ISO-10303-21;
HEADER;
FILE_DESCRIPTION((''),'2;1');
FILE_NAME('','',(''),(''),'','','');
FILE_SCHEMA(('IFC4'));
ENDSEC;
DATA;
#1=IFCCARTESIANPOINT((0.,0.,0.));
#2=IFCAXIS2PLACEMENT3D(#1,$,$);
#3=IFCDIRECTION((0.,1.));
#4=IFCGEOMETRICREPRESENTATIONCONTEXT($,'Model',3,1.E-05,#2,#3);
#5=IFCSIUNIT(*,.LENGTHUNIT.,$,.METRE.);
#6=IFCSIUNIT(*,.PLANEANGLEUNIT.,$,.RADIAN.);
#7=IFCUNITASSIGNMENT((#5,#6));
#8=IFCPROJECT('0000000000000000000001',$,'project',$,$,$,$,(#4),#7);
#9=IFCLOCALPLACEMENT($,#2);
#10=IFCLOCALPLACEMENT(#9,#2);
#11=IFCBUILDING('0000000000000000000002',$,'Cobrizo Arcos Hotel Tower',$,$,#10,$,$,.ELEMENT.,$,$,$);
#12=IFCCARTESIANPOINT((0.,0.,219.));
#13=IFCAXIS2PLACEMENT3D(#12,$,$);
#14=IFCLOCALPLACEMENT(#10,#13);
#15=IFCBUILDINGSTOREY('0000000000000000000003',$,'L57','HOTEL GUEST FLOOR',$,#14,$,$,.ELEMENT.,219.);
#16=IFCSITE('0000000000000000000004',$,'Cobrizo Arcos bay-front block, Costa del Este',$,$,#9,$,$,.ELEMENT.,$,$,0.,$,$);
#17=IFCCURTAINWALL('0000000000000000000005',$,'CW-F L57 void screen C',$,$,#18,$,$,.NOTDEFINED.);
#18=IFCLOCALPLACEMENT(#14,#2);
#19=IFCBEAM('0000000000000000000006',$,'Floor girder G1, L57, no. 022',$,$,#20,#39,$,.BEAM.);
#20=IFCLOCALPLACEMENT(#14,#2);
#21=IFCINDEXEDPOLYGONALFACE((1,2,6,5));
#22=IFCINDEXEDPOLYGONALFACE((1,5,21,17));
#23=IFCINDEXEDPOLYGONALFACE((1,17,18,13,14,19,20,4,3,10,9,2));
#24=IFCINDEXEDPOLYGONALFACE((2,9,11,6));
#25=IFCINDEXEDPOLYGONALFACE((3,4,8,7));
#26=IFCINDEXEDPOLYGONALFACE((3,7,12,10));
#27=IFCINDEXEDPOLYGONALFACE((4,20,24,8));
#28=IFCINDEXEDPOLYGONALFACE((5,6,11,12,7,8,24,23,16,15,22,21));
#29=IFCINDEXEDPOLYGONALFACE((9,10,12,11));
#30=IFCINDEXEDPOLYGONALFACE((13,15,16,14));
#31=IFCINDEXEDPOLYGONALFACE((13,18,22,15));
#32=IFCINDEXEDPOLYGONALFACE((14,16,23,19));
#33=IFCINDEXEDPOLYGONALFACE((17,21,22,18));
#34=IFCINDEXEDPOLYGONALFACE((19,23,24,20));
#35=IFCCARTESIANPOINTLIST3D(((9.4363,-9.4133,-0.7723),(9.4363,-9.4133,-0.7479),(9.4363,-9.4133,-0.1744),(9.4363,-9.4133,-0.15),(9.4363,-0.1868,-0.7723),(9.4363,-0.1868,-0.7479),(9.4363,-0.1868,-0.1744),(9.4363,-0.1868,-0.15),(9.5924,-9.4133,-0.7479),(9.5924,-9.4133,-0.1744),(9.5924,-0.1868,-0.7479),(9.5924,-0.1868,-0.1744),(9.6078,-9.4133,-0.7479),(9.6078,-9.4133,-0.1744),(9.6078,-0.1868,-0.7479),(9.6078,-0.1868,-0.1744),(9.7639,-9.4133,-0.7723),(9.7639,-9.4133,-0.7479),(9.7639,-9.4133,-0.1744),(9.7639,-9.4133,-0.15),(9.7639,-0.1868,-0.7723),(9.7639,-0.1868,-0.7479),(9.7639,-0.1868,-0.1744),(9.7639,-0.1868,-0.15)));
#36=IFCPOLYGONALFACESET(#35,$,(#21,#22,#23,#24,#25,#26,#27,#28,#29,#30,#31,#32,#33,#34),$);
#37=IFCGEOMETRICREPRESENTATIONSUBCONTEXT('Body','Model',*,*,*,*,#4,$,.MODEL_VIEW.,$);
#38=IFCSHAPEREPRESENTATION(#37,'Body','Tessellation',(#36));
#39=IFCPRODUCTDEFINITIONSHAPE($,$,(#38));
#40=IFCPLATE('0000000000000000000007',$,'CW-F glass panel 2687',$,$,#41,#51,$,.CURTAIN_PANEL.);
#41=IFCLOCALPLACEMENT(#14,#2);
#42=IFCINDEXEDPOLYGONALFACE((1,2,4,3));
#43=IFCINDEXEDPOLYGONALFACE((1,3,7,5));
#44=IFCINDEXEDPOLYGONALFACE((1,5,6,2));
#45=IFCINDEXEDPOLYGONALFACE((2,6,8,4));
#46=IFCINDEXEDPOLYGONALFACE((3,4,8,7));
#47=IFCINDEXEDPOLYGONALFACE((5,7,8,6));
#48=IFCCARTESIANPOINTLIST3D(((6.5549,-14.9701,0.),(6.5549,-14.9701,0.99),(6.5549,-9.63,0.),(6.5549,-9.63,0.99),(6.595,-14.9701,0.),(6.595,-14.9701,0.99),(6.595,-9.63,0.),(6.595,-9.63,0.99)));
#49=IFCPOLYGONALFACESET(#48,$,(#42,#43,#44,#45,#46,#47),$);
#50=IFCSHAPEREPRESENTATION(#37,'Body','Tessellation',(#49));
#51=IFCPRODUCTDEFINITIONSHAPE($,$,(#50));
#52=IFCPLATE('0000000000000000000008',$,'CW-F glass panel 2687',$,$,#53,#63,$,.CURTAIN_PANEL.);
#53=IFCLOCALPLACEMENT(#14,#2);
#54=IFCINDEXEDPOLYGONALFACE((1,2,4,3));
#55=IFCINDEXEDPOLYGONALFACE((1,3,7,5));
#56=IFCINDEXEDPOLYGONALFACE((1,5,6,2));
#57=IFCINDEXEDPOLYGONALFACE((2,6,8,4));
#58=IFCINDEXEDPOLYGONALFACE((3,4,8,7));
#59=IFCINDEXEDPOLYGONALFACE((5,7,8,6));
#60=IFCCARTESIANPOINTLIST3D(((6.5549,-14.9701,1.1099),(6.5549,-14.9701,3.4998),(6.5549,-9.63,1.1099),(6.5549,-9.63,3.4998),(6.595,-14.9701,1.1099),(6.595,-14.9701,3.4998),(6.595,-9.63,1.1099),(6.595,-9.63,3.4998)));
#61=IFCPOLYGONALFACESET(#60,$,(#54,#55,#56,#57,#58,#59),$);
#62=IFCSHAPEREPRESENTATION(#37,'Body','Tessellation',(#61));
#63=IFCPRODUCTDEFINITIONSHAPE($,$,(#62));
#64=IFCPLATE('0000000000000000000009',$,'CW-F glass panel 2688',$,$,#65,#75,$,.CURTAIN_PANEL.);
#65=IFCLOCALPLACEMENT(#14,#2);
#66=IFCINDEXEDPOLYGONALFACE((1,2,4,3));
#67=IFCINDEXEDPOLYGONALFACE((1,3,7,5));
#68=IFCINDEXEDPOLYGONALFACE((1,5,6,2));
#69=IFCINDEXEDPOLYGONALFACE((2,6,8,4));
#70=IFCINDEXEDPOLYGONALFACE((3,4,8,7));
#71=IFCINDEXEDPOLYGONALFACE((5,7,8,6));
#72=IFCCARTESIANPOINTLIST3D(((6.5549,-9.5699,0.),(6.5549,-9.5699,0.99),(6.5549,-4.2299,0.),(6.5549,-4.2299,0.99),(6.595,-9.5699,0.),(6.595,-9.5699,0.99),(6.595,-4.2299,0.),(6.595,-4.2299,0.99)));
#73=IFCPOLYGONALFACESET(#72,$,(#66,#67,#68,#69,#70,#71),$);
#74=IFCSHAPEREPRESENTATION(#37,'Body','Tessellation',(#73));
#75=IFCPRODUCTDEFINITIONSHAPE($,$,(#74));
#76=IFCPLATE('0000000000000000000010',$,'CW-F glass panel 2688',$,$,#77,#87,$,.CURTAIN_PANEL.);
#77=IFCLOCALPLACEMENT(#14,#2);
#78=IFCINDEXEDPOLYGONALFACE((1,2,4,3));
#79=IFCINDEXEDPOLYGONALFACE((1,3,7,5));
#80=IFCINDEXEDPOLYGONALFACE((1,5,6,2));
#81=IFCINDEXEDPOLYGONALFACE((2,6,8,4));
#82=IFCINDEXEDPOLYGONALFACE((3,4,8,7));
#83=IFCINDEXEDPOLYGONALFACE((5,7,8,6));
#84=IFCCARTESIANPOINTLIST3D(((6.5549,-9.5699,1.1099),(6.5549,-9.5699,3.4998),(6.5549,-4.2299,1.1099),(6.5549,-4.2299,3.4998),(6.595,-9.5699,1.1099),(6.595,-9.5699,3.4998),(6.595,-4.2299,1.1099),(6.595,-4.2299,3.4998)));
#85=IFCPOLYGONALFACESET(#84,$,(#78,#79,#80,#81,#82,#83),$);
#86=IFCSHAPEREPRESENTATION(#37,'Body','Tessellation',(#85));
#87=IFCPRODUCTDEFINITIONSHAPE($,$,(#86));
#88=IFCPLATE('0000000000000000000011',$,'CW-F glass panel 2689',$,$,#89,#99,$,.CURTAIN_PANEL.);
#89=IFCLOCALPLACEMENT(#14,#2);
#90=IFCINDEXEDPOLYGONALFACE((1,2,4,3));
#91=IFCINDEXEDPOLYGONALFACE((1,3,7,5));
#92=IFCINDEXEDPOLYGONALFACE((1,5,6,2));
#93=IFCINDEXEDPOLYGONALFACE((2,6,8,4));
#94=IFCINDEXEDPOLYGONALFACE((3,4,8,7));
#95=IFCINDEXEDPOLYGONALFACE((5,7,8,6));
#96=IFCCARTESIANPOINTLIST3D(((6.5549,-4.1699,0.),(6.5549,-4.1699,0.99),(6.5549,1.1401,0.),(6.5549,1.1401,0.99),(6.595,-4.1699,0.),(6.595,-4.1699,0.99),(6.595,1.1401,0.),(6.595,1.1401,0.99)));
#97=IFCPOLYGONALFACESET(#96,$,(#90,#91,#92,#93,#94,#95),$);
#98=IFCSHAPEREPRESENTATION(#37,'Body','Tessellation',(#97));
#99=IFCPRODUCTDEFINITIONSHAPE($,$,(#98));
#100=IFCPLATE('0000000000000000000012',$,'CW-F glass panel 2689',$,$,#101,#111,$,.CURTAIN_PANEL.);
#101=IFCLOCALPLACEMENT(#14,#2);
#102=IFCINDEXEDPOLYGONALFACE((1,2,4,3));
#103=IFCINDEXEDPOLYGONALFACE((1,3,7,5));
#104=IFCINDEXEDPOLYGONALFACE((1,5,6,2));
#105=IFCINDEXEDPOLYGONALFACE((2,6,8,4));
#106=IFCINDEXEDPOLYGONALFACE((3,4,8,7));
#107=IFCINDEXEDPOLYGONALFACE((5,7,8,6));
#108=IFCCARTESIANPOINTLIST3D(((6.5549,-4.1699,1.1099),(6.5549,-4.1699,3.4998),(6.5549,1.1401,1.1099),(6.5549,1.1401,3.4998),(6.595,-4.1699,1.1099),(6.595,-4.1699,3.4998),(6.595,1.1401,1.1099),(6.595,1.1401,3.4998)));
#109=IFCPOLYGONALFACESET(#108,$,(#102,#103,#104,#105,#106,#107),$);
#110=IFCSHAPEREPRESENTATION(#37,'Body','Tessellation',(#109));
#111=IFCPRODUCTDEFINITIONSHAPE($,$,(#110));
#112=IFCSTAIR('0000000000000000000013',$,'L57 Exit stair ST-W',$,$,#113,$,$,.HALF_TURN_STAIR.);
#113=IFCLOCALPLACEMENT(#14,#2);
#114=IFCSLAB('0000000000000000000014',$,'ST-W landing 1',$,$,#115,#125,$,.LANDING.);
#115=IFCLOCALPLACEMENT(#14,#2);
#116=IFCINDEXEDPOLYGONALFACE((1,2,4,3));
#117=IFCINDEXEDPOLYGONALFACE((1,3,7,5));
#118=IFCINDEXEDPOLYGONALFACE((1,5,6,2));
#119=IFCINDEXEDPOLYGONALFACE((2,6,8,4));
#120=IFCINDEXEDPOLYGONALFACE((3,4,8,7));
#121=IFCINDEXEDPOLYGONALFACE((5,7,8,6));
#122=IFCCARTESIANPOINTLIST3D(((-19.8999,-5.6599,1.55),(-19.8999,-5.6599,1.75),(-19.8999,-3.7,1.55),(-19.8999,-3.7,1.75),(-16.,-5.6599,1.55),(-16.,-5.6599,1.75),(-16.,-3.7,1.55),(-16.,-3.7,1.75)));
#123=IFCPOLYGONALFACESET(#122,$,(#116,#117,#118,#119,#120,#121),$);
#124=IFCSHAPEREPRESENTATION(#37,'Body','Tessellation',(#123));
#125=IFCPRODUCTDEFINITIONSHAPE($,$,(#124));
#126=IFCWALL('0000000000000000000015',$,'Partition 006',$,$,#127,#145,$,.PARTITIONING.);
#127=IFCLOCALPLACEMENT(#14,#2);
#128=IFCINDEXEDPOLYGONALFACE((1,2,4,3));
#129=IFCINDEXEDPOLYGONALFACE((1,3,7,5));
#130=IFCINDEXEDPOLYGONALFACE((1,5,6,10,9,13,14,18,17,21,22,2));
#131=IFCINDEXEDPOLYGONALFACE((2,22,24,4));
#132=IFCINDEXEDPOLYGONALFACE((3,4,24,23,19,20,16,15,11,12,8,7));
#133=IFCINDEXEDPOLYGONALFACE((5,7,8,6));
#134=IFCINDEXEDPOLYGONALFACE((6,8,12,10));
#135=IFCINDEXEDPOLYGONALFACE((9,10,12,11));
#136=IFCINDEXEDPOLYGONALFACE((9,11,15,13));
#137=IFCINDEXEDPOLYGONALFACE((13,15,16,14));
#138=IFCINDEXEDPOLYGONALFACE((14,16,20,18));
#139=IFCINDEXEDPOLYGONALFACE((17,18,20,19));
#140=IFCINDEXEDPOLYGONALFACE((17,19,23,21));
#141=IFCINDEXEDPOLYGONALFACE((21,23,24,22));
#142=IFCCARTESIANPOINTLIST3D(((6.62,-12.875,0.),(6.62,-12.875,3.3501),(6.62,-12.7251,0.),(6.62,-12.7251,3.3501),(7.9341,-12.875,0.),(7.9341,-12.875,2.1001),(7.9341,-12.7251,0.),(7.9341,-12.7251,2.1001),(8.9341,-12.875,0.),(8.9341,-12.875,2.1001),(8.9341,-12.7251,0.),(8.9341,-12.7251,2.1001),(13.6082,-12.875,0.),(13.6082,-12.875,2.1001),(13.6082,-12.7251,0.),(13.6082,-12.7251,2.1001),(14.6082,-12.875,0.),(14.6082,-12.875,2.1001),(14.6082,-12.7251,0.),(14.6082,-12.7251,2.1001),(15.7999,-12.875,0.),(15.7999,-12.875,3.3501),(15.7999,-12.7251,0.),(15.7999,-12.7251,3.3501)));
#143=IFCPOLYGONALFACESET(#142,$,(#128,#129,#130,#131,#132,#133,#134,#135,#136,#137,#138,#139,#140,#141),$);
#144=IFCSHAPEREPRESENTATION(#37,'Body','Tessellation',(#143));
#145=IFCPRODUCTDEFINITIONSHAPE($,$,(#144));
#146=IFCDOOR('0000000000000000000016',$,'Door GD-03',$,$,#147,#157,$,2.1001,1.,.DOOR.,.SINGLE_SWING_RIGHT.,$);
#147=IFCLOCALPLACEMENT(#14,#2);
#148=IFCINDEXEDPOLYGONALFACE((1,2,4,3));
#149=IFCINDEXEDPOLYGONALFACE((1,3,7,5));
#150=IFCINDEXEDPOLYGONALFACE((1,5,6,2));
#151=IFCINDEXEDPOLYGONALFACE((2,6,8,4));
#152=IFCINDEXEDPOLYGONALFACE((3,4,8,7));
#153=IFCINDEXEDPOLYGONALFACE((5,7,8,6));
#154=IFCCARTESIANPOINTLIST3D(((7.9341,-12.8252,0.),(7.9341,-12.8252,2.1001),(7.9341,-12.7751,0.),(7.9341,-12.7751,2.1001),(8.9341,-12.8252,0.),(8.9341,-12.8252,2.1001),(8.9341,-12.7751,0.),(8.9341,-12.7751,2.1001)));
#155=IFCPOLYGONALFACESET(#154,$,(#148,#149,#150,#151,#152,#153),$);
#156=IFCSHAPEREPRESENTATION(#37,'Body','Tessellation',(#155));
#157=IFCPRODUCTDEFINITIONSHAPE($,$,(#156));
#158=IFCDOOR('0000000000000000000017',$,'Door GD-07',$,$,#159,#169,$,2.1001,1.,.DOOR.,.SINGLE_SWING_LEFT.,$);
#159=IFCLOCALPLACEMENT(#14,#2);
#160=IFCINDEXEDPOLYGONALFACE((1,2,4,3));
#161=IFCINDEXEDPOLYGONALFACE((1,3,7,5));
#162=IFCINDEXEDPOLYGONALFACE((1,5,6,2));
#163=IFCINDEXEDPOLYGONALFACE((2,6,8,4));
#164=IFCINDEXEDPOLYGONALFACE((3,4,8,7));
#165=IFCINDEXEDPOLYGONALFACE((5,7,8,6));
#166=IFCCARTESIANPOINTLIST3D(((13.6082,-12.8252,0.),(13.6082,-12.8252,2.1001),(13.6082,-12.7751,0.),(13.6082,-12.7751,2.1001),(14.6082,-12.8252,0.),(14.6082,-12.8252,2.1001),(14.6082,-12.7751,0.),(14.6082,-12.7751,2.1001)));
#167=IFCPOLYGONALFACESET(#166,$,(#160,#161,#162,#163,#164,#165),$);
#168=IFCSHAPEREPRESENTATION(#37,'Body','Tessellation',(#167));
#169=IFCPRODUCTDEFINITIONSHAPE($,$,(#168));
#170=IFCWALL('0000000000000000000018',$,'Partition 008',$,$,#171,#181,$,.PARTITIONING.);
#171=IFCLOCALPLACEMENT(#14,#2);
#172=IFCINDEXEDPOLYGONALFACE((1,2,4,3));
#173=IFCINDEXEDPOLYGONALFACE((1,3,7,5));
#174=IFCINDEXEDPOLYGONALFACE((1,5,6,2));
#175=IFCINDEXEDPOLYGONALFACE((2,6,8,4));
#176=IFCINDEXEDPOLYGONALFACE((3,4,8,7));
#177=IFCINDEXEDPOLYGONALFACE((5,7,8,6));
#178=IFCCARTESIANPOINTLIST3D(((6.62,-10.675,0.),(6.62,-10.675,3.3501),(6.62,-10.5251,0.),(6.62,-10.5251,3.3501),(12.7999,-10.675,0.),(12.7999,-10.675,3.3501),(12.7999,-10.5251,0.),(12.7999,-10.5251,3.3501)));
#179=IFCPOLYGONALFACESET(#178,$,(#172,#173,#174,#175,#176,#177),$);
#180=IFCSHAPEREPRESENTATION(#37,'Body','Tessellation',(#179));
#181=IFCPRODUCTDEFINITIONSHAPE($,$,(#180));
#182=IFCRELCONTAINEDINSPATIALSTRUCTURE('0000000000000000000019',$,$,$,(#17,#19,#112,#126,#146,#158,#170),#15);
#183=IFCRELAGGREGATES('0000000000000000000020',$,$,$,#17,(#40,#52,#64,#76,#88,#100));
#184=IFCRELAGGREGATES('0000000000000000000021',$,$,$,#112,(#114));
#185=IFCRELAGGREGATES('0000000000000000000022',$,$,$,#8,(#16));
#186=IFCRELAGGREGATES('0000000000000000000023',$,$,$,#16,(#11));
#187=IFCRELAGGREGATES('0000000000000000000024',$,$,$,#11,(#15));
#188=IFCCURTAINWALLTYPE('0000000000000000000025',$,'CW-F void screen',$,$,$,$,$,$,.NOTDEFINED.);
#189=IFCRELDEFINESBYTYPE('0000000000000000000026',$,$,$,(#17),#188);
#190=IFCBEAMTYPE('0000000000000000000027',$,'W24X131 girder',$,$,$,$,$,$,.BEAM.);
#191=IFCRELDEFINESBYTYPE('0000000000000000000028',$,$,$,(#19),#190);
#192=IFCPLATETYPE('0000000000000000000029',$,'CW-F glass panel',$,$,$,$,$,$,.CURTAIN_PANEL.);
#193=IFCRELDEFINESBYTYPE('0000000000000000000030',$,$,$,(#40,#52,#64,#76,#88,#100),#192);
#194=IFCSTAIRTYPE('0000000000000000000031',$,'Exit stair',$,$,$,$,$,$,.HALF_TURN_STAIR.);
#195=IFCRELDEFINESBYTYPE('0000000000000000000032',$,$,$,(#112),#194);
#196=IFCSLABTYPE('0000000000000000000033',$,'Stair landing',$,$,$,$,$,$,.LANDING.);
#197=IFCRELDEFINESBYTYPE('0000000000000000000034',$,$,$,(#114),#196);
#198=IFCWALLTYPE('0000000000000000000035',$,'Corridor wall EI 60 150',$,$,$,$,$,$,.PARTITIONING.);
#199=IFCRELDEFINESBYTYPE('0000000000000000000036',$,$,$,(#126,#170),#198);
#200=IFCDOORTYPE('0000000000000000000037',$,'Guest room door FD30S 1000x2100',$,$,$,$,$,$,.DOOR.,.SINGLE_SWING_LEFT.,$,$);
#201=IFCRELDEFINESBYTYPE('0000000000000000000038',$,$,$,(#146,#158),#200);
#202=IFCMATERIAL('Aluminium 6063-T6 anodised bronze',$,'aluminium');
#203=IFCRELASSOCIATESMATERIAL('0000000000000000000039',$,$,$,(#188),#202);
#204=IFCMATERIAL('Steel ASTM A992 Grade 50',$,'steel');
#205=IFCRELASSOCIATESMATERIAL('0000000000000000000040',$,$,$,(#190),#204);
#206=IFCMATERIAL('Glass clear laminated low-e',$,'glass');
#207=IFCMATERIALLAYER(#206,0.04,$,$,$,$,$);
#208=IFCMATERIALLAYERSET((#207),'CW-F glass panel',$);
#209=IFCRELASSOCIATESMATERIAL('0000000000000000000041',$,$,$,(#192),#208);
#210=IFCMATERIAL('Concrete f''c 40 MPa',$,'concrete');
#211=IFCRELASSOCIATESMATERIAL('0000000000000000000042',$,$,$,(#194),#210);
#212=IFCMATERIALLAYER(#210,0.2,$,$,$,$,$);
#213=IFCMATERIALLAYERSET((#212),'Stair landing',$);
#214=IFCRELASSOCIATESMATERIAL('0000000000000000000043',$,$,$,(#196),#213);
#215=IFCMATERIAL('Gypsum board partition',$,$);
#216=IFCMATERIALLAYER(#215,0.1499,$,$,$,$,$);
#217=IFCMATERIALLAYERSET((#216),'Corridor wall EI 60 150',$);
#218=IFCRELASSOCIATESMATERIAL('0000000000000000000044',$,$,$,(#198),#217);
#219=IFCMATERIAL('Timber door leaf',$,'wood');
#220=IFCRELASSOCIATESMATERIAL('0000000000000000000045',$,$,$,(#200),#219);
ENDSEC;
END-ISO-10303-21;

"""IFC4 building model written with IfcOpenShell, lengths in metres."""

from ifc_helpers import new_model, si_unit, direction, frame, frame_2d, origin, origin_2d, place, context, subcontext, project, spatial, polyline, rectangle, i_section, outline, extrude, material, layer, layer_set, material_profile, profile_set, type_object, element, fill, aggregate, save


model = new_model("IFC4")

# Units and contexts
model_context = context("Model", 3, precision=1e-05, world=origin(), true_north=direction((0.0, 1.0)))
body_context = subcontext(model_context, "Body", "Model", "MODEL_VIEW")
ifc_project = project(units=[si_unit("LENGTHUNIT", "METRE"), si_unit("PLANEANGLEUNIT", "RADIAN")], contexts=[model_context])

# Site, building, storey
site_placement = place(None, origin())
site = spatial("IfcSite", under=ifc_project, at=site_placement, Name="Cobrizo Arcos bay-front block, Costa del Este", CompositionType="ELEMENT", RefElevation=0.0)
building_placement = place(site_placement, origin())
building = spatial("IfcBuilding", under=site, at=building_placement, Name="Cobrizo Arcos Hotel Tower", CompositionType="ELEMENT")
storey_placement = place(building_placement, frame((0.0, 0.0, 219.0)))
storey = spatial("IfcBuildingStorey", under=building, at=storey_placement, Name="L57", Description="HOTEL GUEST FLOOR", CompositionType="ELEMENT", Elevation=219.0)

# Shared definitions
ifc_material_1 = material(Name="Steel ASTM A992 Grade 50", Category="steel")

# Curtain wall
ifc_material_2 = material(Name="Aluminium 6063-T6 anodised bronze", Category="aluminium")
curtain_wall_type = type_object("IfcCurtainWallType", Name="CW-F void screen", PredefinedType="NOTDEFINED", material=ifc_material_2)
curtain_wall_placement = place(storey_placement, origin())
curtain_wall = element("IfcCurtainWall", 1, at=curtain_wall_placement, inside=storey, type_object=curtain_wall_type, Name="CW-F L57 void screen C", PredefinedType="NOTDEFINED")

# Beam
ifc_material_profile_1 = material_profile(ifc_material_1, i_section(OverallWidth=0.3276, OverallDepth=0.6223, WebThickness=0.0154, FlangeThickness=0.0244, at=origin_2d()), Name="W24X131")
ifc_profile_set_1 = profile_set([ifc_material_profile_1], Name="Steel ASTM A992 Grade 50")
beam_type_1 = type_object("IfcBeamType", Name="W24X131 girder", PredefinedType="BEAM", material=ifc_profile_set_1)
for number, where, z_axis, x_axis, name in (
    (2, (9.6001, -9.4133, -0.4612), (0.0, 1.0, 0.0), (-1.0, 0.0, 0.0), "Floor girder G1, L57, no. 022"),
):
    element("IfcBeam", number, at=place(storey_placement, frame(where, z_axis=z_axis, x_axis=x_axis)), inside=storey, type_object=beam_type_1, Name=name, PredefinedType="BEAM", context=body_context, shape_type="SweptSolid", body=[
        extrude(i_section(OverallWidth=0.3276, OverallDepth=0.6223, WebThickness=0.0154, FlangeThickness=0.0244, at=origin_2d()), origin(), (0.0, 0.0, 1.0), 9.2266),
    ])

# Plates
ifc_material_3 = material(Name="Glass clear laminated low-e", Category="glass")
ifc_layer_1 = layer(ifc_material_3, 0.04)
ifc_layer_set_1 = layer_set([ifc_layer_1], Name="CW-F glass panel")
plate_type = type_object("IfcPlateType", Name="CW-F glass panel", PredefinedType="CURTAIN_PANEL", material=ifc_layer_set_1)
plate_1_placement = place(storey_placement, frame((6.575, -12.3, 0.0), z_axis=(0.0, 0.0, 1.0), x_axis=(0.0, 1.0, 0.0)))
plate_1 = element("IfcPlate", 3, at=plate_1_placement, type_object=plate_type, Name="CW-F glass panel 2687", PredefinedType="CURTAIN_PANEL", context=body_context, shape_type="SweptSolid", body=[
    extrude(rectangle(XDim=5.3401, YDim=0.04, at=origin_2d()), origin(), (0.0, 0.0, 1.0), 0.99),
])
plate_2_placement = place(storey_placement, frame((6.575, -12.3, 1.1099), z_axis=(0.0, 0.0, 1.0), x_axis=(0.0, 1.0, 0.0)))
plate_2 = element("IfcPlate", 4, at=plate_2_placement, type_object=plate_type, Name="CW-F glass panel 2687", PredefinedType="CURTAIN_PANEL", context=body_context, shape_type="SweptSolid", body=[
    extrude(rectangle(XDim=5.3401, YDim=0.04, at=origin_2d()), origin(), (0.0, 0.0, 1.0), 2.3899),
])
plate_3_placement = place(storey_placement, frame((6.575, -6.8999, 0.0), z_axis=(0.0, 0.0, 1.0), x_axis=(0.0, 1.0, 0.0)))
plate_3 = element("IfcPlate", 5, at=plate_3_placement, type_object=plate_type, Name="CW-F glass panel 2688", PredefinedType="CURTAIN_PANEL", context=body_context, shape_type="SweptSolid", body=[
    extrude(rectangle(XDim=5.3401, YDim=0.04, at=origin_2d()), origin(), (0.0, 0.0, 1.0), 0.99),
])
plate_4_placement = place(storey_placement, frame((6.575, -6.8999, 1.1099), z_axis=(0.0, 0.0, 1.0), x_axis=(0.0, 1.0, 0.0)))
plate_4 = element("IfcPlate", 6, at=plate_4_placement, type_object=plate_type, Name="CW-F glass panel 2688", PredefinedType="CURTAIN_PANEL", context=body_context, shape_type="SweptSolid", body=[
    extrude(rectangle(XDim=5.3401, YDim=0.04, at=origin_2d()), origin(), (0.0, 0.0, 1.0), 2.3899),
])
plate_5_placement = place(storey_placement, frame((6.575, -1.5149, 0.0), z_axis=(0.0, 0.0, 1.0), x_axis=(0.0, 1.0, 0.0)))
plate_5 = element("IfcPlate", 7, at=plate_5_placement, type_object=plate_type, Name="CW-F glass panel 2689", PredefinedType="CURTAIN_PANEL", context=body_context, shape_type="SweptSolid", body=[
    extrude(rectangle(XDim=5.3101, YDim=0.04, at=origin_2d()), origin(), (0.0, 0.0, 1.0), 0.99),
])
plate_6_placement = place(storey_placement, frame((6.575, -1.5149, 1.1099), z_axis=(0.0, 0.0, 1.0), x_axis=(0.0, 1.0, 0.0)))
plate_6 = element("IfcPlate", 8, at=plate_6_placement, type_object=plate_type, Name="CW-F glass panel 2689", PredefinedType="CURTAIN_PANEL", context=body_context, shape_type="SweptSolid", body=[
    extrude(rectangle(XDim=5.3101, YDim=0.04, at=origin_2d()), origin(), (0.0, 0.0, 1.0), 2.3899),
])
aggregate(curtain_wall, [plate_1, plate_2, plate_3, plate_4, plate_5, plate_6])

# Stair, slab
ifc_material_4 = material(Name="Concrete f'c 40 MPa", Category="concrete")
stair_type = type_object("IfcStairType", Name="Exit stair", PredefinedType="HALF_TURN_STAIR", material=ifc_material_4)
stair_placement = place(storey_placement, origin())
stair = element("IfcStair", 9, at=stair_placement, inside=storey, type_object=stair_type, Name="L57 Exit stair ST-W", PredefinedType="HALF_TURN_STAIR")
ifc_layer_2 = layer(ifc_material_4, 0.2)
ifc_layer_set_2 = layer_set([ifc_layer_2], Name="Stair landing")
slab_type = type_object("IfcSlabType", Name="Stair landing", PredefinedType="LANDING", material=ifc_layer_set_2)
slab_placement = place(storey_placement, frame((0.0, 0.0, 1.55)))
slab = element("IfcSlab", 10, at=slab_placement, type_object=slab_type, Name="ST-W landing 1", PredefinedType="LANDING", context=body_context, shape_type="SweptSolid", body=[
    extrude(outline(polyline([(-16.0, -5.6599), (-16.0, -3.7), (-19.8999, -3.7), (-19.8999, -5.6599), (-16.0, -5.6599)])), origin(), (0.0, 0.0, 1.0), 0.2),
])
aggregate(stair, [slab])

# Wall, openings, doors
ifc_material_5 = material(Name="Gypsum board partition")
ifc_layer_3 = layer(ifc_material_5, 0.1499)
ifc_layer_set_3 = layer_set([ifc_layer_3], Name="Corridor wall EI 60 150")
wall_type_1 = type_object("IfcWallType", Name="Corridor wall EI 60 150", PredefinedType="PARTITIONING", material=ifc_layer_set_3)
wall_1_placement = place(storey_placement, frame((6.6201, -12.8, 0.0), z_axis=(0.0, 0.0, 1.0), x_axis=(1.0, 0.0, 0.0)))
wall_1 = element("IfcWall", 11, at=wall_1_placement, inside=storey, type_object=wall_type_1, Name="Partition 006", PredefinedType="PARTITIONING", context=body_context, shape_type="SweptSolid", body=[
    extrude(rectangle(XDim=9.1799, YDim=0.1499, at=frame_2d((4.5898, 0.0))), origin(), (0.0, 0.0, 1.0), 3.3501),
])
opening_1_placement = place(wall_1_placement, frame((1.314, 0.0, 0.0)))
opening_1 = element("IfcOpeningElement", 12, at=opening_1_placement, cuts=wall_1, PredefinedType="OPENING", context=body_context, shape_type="SweptSolid", body=[
    extrude(rectangle(XDim=1.0, YDim=2.1001, at=frame_2d((0.5, 1.05))), frame((0.0, 0.0869, 0.0), z_axis=(0.0, -1.0, 0.0), x_axis=(1.0, 0.0, 0.0)), (0.0, 0.0, 1.0), 0.1738),
])
opening_2_placement = place(wall_1_placement, frame((6.988, 0.0, 0.0)))
opening_2 = element("IfcOpeningElement", 13, at=opening_2_placement, cuts=wall_1, PredefinedType="OPENING", context=body_context, shape_type="SweptSolid", body=[
    extrude(rectangle(XDim=1.0, YDim=2.1001, at=frame_2d((0.5, 1.05))), frame((0.0, 0.0869, 0.0), z_axis=(0.0, -1.0, 0.0), x_axis=(1.0, 0.0, 0.0)), (0.0, 0.0, 1.0), 0.1738),
])
ifc_material_6 = material(Name="Timber door leaf", Category="wood")
door_type_1 = type_object("IfcDoorType", Name="Guest room door FD30S 1000x2100", OperationType="SINGLE_SWING_LEFT", PredefinedType="DOOR", material=ifc_material_6)
door_1_placement = place(opening_1_placement, origin())
door_1 = element("IfcDoor", 14, at=door_1_placement, inside=storey, type_object=door_type_1, Name="Door GD-03", OperationType="SINGLE_SWING_RIGHT", OverallHeight=2.1001, OverallWidth=1.0, PredefinedType="DOOR", context=body_context, shape_type="SweptSolid", body=[
    extrude(rectangle(XDim=1.0, YDim=2.1001, at=frame_2d((0.5, 1.05))), frame((0.0, 0.0249, 0.0), z_axis=(0.0, -1.0, 0.0), x_axis=(1.0, 0.0, 0.0)), (0.0, 0.0, 1.0), 0.05),
])
fill(opening_1, door_1)
door_2_placement = place(opening_2_placement, origin())
door_2 = element("IfcDoor", 15, at=door_2_placement, inside=storey, type_object=door_type_1, Name="Door GD-07", OperationType="SINGLE_SWING_LEFT", OverallHeight=2.1001, OverallWidth=1.0, PredefinedType="DOOR", context=body_context, shape_type="SweptSolid", body=[
    extrude(rectangle(XDim=1.0, YDim=2.1001, at=frame_2d((0.5, 1.05))), frame((0.0, 0.0249, 0.0), z_axis=(0.0, -1.0, 0.0), x_axis=(1.0, 0.0, 0.0)), (0.0, 0.0, 1.0), 0.05),
])
fill(opening_2, door_2)

# Wall
wall_2_placement = place(storey_placement, frame((6.6201, -10.6001, 0.0), z_axis=(0.0, 0.0, 1.0), x_axis=(1.0, 0.0, 0.0)))
element("IfcWall", 16, at=wall_2_placement, inside=storey, type_object=wall_type_1, Name="Partition 008", PredefinedType="PARTITIONING", context=body_context, shape_type="SweptSolid", body=[
    extrude(rectangle(XDim=6.1799, YDim=0.1499, at=frame_2d((3.0898, 0.0))), origin(), (0.0, 0.0, 1.0), 3.3501),
])

save(model, "model.ifc")
